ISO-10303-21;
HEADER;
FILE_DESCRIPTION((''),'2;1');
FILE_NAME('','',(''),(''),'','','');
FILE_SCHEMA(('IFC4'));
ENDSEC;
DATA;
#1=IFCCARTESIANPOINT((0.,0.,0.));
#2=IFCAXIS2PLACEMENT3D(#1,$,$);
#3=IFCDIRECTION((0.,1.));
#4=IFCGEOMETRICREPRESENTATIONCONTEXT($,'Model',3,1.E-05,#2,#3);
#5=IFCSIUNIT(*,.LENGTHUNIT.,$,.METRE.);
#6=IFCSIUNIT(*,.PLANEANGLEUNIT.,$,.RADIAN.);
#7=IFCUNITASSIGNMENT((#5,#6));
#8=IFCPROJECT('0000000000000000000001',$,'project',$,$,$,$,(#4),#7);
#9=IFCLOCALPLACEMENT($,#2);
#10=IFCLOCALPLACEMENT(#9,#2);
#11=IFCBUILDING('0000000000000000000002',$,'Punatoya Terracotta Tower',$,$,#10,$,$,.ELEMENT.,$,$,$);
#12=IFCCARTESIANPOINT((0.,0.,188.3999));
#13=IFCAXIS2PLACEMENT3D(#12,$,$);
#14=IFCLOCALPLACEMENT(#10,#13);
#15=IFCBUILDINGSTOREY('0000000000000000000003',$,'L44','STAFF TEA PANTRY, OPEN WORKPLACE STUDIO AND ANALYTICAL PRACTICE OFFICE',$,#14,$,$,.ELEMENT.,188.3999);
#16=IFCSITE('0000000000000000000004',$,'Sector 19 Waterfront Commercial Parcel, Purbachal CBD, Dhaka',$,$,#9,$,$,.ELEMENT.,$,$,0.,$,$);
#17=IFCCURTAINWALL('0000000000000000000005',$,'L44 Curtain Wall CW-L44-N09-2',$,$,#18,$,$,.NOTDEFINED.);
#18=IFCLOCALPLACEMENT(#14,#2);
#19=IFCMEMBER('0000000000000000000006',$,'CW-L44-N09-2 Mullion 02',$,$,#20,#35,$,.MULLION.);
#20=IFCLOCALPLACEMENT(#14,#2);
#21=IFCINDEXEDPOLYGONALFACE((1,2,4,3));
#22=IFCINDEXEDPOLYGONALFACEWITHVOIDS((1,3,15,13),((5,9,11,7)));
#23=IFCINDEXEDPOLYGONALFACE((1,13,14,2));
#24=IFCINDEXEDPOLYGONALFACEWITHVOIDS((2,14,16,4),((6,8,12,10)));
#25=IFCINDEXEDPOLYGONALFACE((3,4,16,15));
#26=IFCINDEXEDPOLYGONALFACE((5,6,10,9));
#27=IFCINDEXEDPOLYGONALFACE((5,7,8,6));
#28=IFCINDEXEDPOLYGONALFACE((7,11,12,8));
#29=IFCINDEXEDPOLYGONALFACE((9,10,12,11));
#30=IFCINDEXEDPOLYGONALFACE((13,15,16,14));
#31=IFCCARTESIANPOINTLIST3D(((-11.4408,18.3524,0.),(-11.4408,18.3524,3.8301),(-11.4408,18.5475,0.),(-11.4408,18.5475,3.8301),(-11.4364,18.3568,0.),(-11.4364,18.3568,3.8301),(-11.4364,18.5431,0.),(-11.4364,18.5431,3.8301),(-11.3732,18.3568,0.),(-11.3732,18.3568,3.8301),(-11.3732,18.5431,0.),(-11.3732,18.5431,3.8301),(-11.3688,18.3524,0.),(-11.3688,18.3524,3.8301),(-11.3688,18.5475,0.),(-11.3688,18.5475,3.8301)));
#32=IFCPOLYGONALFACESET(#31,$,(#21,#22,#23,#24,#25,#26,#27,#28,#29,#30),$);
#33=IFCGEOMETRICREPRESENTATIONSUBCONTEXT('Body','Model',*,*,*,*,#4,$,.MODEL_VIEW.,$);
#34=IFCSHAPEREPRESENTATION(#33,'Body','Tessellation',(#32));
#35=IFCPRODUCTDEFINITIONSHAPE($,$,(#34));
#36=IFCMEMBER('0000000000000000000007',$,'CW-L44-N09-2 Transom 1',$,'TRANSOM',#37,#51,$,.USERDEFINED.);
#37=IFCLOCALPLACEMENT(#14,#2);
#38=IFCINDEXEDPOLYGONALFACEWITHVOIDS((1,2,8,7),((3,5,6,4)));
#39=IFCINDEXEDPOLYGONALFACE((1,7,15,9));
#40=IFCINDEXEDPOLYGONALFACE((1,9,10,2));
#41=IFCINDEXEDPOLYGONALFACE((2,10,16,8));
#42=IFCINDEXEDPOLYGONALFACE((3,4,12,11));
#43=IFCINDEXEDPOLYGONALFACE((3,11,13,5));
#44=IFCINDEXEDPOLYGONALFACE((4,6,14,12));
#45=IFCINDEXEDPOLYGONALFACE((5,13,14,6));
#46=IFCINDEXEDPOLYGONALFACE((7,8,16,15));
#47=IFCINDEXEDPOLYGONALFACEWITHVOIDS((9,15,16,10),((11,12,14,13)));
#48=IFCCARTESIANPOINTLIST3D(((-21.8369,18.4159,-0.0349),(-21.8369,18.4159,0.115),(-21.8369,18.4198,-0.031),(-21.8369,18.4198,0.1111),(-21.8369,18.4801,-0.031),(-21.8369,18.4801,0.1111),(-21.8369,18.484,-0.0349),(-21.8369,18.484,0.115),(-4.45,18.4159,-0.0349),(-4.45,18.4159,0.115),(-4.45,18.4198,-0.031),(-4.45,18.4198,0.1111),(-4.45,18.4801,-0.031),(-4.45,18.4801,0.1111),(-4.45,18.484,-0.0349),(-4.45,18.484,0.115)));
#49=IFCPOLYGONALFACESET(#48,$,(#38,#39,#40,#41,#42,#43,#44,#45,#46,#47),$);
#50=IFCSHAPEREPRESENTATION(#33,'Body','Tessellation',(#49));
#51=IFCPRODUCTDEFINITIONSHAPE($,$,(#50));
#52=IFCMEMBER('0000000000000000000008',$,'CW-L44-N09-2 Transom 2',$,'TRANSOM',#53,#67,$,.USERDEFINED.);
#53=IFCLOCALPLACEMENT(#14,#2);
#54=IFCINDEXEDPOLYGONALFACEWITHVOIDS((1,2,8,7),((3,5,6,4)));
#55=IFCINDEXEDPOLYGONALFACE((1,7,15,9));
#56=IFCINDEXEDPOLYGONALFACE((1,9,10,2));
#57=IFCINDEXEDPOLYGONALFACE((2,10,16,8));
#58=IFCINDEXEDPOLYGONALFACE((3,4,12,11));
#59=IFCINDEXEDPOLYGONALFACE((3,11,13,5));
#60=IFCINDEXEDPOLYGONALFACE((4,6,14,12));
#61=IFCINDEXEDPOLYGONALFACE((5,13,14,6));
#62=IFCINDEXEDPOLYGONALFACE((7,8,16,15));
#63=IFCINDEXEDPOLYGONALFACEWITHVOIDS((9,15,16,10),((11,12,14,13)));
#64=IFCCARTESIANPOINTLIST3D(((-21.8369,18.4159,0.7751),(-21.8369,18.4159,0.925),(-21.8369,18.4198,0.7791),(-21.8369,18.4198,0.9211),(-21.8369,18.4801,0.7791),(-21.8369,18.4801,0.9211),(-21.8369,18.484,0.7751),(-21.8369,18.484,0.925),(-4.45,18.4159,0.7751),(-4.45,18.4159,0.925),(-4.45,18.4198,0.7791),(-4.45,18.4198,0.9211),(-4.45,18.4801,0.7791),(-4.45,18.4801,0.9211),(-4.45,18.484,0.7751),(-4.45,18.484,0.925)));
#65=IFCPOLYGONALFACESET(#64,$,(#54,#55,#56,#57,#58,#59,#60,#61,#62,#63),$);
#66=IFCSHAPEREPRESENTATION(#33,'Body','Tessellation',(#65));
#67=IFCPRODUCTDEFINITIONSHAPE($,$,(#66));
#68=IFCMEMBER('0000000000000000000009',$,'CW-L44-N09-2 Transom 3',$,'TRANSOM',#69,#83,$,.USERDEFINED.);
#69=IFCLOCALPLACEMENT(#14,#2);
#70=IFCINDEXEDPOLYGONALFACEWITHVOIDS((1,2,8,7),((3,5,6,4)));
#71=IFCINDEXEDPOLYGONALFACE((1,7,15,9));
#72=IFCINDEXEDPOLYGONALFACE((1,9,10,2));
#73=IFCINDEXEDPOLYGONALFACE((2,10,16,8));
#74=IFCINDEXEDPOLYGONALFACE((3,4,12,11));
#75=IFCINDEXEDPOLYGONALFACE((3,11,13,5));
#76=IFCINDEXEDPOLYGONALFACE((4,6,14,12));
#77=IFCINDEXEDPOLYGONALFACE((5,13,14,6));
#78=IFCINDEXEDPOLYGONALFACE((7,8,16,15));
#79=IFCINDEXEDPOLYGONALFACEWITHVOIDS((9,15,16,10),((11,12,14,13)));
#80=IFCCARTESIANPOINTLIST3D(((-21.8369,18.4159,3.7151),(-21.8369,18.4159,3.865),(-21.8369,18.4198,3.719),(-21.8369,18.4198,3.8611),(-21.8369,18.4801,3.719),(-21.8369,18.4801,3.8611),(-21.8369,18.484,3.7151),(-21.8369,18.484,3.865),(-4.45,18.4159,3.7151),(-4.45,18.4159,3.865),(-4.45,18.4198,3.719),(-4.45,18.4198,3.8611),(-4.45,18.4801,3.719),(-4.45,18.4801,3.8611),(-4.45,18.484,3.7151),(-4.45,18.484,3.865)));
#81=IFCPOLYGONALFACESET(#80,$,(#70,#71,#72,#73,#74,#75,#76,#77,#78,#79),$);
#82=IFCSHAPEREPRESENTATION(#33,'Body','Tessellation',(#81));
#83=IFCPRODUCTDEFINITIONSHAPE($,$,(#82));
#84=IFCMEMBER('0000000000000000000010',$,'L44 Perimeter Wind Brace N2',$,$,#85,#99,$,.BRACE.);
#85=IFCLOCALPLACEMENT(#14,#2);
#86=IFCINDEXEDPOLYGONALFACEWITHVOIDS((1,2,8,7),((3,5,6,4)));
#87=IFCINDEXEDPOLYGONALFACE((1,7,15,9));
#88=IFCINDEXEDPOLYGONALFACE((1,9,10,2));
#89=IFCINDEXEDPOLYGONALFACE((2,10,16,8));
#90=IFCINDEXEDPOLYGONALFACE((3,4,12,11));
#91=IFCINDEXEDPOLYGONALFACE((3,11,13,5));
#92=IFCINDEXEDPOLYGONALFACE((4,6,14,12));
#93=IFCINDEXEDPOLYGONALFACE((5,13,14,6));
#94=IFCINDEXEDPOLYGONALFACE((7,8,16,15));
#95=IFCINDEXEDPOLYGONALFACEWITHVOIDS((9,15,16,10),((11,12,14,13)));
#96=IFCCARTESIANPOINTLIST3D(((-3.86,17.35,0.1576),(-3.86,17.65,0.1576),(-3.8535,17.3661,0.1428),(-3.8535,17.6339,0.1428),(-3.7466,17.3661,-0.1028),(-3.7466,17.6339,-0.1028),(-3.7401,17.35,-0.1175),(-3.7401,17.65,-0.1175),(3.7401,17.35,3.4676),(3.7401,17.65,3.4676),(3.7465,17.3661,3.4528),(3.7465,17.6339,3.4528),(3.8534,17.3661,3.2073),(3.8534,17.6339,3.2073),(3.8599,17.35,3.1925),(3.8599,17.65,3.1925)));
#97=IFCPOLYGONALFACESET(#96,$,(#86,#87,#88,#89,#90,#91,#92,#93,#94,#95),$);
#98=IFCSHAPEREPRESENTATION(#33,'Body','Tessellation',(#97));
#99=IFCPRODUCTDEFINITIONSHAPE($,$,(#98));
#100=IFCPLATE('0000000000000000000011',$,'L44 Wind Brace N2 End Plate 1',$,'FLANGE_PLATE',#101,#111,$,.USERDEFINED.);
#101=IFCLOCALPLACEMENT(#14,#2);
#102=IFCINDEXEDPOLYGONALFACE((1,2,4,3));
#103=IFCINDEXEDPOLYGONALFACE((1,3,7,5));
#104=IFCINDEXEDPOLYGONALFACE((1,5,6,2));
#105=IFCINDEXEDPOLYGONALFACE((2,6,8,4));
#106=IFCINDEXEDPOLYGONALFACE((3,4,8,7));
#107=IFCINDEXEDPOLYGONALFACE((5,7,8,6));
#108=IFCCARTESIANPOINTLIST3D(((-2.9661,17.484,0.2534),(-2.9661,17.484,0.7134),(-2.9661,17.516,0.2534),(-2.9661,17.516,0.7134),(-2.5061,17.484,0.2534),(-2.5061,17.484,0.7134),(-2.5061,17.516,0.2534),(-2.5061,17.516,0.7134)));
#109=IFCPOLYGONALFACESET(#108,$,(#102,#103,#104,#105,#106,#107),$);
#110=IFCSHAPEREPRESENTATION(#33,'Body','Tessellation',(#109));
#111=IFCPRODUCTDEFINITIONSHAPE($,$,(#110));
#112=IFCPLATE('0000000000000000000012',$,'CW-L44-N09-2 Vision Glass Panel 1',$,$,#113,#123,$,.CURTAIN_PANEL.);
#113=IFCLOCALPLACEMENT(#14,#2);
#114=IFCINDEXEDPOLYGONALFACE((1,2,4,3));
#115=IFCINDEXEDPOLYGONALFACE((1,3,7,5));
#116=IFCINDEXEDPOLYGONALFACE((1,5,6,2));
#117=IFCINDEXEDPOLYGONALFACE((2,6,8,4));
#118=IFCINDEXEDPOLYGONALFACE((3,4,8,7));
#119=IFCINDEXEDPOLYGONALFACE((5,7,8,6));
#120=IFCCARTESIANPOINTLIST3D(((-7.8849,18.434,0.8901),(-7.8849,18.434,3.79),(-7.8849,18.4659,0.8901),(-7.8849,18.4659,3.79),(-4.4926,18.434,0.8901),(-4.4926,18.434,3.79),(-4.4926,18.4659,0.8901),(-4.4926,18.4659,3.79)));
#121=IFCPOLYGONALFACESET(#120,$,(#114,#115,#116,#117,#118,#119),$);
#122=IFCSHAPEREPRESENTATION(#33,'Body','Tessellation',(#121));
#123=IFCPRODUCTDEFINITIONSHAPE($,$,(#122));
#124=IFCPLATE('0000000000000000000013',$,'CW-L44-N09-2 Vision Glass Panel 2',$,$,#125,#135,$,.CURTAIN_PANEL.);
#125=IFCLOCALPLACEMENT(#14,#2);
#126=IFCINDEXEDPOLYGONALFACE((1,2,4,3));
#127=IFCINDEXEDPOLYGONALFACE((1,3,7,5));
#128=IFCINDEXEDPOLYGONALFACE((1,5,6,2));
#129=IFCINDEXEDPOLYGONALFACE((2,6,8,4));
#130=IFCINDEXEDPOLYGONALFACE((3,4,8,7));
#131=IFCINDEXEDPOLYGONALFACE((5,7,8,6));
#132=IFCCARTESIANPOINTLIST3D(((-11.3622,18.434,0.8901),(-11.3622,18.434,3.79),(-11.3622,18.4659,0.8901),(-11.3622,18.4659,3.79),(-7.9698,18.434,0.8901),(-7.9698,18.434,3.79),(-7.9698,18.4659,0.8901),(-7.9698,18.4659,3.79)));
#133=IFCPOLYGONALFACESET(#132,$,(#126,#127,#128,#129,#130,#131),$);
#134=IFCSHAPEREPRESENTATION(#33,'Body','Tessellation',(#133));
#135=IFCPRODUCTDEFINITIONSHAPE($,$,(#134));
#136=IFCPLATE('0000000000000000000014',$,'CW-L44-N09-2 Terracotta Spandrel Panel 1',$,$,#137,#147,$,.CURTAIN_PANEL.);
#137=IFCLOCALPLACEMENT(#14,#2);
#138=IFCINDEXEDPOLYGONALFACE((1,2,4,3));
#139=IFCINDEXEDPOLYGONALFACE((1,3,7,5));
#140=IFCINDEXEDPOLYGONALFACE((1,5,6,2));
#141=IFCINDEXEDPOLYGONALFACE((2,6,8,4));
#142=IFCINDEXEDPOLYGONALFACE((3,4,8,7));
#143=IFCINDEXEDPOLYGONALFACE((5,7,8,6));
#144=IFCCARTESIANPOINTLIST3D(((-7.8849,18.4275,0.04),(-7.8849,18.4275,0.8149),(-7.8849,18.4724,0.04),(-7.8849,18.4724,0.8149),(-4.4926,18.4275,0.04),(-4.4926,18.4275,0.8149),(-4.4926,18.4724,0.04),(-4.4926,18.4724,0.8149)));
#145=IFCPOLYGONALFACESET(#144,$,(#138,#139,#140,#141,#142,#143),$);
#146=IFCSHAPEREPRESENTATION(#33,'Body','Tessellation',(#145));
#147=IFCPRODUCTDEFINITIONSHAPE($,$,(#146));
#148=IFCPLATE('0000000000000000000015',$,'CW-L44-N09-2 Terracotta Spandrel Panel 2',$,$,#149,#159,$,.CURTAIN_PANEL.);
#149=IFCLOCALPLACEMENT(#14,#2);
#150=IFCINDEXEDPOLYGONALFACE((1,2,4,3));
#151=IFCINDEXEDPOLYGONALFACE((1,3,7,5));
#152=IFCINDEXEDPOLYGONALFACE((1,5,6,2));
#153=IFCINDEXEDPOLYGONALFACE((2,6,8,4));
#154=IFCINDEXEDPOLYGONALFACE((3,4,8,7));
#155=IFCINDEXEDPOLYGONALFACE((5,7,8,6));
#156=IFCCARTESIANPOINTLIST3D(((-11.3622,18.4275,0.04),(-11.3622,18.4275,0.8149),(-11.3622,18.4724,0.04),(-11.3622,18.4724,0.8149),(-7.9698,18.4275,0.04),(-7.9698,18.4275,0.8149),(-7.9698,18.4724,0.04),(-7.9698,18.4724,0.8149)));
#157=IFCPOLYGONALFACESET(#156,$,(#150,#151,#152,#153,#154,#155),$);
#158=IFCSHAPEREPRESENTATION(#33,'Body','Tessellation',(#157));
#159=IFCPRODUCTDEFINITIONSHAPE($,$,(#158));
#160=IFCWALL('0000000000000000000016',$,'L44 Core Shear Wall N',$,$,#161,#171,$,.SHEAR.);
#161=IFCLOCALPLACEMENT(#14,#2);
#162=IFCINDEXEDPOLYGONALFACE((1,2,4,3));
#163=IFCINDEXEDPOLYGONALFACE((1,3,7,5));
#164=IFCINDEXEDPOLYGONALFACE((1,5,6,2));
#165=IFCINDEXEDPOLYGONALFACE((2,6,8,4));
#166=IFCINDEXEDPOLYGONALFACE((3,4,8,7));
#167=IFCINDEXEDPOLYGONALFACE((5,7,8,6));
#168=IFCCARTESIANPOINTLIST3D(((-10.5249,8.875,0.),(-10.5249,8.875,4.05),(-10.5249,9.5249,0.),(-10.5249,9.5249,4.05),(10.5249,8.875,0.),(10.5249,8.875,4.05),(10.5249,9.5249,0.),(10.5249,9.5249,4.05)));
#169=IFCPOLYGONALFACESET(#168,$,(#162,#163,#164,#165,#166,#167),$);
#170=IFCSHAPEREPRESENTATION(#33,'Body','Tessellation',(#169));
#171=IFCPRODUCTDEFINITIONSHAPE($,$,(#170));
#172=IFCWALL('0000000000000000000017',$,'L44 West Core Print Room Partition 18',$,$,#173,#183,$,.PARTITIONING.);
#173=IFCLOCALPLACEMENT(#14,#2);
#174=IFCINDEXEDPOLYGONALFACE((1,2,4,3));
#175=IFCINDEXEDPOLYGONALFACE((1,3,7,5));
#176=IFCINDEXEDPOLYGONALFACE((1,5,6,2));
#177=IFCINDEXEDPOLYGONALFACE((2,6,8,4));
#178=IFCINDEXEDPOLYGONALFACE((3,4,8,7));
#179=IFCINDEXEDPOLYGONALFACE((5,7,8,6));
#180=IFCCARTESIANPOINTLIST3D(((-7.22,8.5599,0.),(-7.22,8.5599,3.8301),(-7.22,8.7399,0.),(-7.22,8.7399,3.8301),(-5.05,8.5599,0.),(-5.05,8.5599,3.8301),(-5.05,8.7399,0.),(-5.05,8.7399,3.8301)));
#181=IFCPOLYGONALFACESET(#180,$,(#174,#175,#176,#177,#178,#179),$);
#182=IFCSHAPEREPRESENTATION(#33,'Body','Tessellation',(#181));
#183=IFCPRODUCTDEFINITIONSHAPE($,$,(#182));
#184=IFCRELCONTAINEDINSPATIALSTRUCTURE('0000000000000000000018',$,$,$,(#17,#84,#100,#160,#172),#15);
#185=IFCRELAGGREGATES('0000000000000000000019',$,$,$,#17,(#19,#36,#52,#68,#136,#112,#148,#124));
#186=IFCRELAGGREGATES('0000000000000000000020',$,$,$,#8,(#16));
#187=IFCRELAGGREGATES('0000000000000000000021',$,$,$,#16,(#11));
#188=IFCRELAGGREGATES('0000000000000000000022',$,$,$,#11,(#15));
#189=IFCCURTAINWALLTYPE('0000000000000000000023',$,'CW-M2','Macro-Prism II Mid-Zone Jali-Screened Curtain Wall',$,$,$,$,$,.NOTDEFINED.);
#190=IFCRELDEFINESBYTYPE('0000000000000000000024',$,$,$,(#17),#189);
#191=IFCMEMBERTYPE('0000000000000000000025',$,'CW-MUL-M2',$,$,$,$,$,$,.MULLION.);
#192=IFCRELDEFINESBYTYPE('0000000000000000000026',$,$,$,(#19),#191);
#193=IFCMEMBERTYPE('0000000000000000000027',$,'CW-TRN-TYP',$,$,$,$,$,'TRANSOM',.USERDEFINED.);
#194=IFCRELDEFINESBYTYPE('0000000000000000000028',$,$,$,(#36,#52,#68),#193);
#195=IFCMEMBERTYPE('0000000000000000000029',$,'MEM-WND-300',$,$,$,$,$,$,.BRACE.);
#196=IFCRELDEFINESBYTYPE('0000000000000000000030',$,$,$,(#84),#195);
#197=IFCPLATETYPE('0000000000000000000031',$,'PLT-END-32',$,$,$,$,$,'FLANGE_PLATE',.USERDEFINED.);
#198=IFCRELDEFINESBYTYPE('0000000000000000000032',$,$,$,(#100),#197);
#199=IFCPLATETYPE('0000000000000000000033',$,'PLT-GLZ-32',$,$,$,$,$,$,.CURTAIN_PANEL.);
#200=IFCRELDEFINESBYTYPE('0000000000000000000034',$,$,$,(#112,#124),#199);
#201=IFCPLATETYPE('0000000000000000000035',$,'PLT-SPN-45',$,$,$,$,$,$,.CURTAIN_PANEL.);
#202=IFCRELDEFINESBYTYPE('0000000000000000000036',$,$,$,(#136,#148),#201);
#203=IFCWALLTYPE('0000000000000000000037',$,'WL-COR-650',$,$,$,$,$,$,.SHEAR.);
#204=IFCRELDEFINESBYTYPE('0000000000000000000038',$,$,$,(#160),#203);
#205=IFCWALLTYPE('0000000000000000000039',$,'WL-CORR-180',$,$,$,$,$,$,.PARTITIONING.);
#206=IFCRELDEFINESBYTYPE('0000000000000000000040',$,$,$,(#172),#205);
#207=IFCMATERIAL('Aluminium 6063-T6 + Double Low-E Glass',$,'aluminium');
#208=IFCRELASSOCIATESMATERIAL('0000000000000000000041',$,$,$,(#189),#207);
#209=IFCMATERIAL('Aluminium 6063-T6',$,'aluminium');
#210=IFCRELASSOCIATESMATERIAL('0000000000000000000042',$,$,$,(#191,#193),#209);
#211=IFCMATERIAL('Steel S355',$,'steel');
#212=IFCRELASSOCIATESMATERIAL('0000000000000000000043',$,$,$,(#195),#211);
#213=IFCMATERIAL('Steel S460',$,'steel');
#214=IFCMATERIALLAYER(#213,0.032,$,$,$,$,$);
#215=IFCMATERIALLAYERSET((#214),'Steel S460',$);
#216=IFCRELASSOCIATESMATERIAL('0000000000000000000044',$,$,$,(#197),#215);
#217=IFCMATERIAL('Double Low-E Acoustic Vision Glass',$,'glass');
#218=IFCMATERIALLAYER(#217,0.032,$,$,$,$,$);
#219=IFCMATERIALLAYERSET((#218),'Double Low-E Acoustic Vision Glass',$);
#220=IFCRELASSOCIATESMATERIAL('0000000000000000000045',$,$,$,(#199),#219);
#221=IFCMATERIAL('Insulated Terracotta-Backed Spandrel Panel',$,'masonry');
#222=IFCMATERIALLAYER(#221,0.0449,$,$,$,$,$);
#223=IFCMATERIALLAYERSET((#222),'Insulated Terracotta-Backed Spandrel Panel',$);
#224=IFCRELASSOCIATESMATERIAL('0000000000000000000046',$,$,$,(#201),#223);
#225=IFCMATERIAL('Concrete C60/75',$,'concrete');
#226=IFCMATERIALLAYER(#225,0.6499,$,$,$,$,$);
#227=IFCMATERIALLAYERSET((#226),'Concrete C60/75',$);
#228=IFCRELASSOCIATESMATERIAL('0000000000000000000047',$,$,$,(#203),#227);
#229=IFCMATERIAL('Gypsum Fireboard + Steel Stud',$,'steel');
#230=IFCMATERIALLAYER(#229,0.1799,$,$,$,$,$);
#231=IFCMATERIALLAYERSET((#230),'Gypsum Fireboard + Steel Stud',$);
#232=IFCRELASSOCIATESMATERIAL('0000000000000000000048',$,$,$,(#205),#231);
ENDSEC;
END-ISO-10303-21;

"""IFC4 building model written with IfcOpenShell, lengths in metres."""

from ifc_helpers import new_model, si_unit, direction, frame, frame_2d, origin, origin_2d, place, context, subcontext, project, spatial, rectangle, hollow_rectangle, extrude, material, layer, layer_set, material_profile, profile_set, type_object, element, aggregate, save


model = new_model("IFC4")

# Units and contexts
model_context = context("Model", 3, precision=1e-05, world=origin(), true_north=direction((0.0, 1.0)))
body_context = subcontext(model_context, "Body", "Model", "MODEL_VIEW")
ifc_project = project(units=[si_unit("LENGTHUNIT", "METRE"), si_unit("PLANEANGLEUNIT", "RADIAN")], contexts=[model_context])

# Site, building, storey
site_placement = place(None, origin())
site = spatial("IfcSite", under=ifc_project, at=site_placement, Name="Sector 19 Waterfront Commercial Parcel, Purbachal CBD, Dhaka", CompositionType="ELEMENT", RefElevation=0.0)
building_placement = place(site_placement, origin())
building = spatial("IfcBuilding", under=site, at=building_placement, Name="Punatoya Terracotta Tower", CompositionType="ELEMENT")
storey_placement = place(building_placement, frame((0.0, 0.0, 188.3999)))
storey = spatial("IfcBuildingStorey", under=building, at=storey_placement, Name="L44", Description="STAFF TEA PANTRY, OPEN WORKPLACE STUDIO AND ANALYTICAL PRACTICE OFFICE", CompositionType="ELEMENT", Elevation=188.3999)

# Shared definitions
ifc_material_1 = material(Name="Steel S460", Category="steel")

# Shared definitions
ifc_material_2 = material(Name="Steel S355", Category="steel")

# Curtain wall, members
ifc_material_3 = material(Name="Aluminium 6063-T6 + Double Low-E Glass", Category="aluminium")
curtain_wall_type = type_object("IfcCurtainWallType", Name="CW-M2", Description="Macro-Prism II Mid-Zone Jali-Screened Curtain Wall", PredefinedType="NOTDEFINED", material=ifc_material_3)
curtain_wall_placement = place(storey_placement, origin())
curtain_wall = element("IfcCurtainWall", 1, at=curtain_wall_placement, inside=storey, type_object=curtain_wall_type, Name="L44 Curtain Wall CW-L44-N09-2", PredefinedType="NOTDEFINED")
ifc_material_4 = material(Name="Aluminium 6063-T6", Category="aluminium")
ifc_material_profile_1 = material_profile(ifc_material_4, hollow_rectangle(XDim=0.072, YDim=0.1951, WallThickness=0.0044, at=origin_2d()))
ifc_profile_set_1 = profile_set([ifc_material_profile_1], Name="Aluminium 6063-T6")
member_type_1 = type_object("IfcMemberType", Name="CW-MUL-M2", PredefinedType="MULLION", material=ifc_profile_set_1)
member_1_placement = place(storey_placement, frame((-11.4048, 18.45, 0.0), z_axis=(0.0, 0.0, 1.0), x_axis=(1.0, 0.0, 0.0)))
member_1 = element("IfcMember", 2, at=member_1_placement, type_object=member_type_1, Name="CW-L44-N09-2 Mullion 02", PredefinedType="MULLION", context=body_context, shape_type="SweptSolid", body=[
    extrude(hollow_rectangle(XDim=0.072, YDim=0.1951, WallThickness=0.0044, at=origin_2d()), origin(), (0.0, 0.0, 1.0), 3.8301),
])
ifc_material_profile_2 = material_profile(ifc_material_4, hollow_rectangle(XDim=0.0681, YDim=0.1499, WallThickness=0.0039, at=origin_2d()))
ifc_profile_set_2 = profile_set([ifc_material_profile_2], Name="Aluminium 6063-T6")
member_type_2 = type_object("IfcMemberType", Name="CW-TRN-TYP", ElementType="TRANSOM", PredefinedType="USERDEFINED", material=ifc_profile_set_2)
member_2_placement = place(storey_placement, frame((-4.45, 18.45, 0.04), z_axis=(-1.0, 0.0, 0.0), x_axis=(0.0, -1.0, 0.0)))
member_2 = element("IfcMember", 3, at=member_2_placement, type_object=member_type_2, Name="CW-L44-N09-2 Transom 1", ObjectType="TRANSOM", PredefinedType="USERDEFINED", context=body_context, shape_type="SweptSolid", body=[
    extrude(hollow_rectangle(XDim=0.0681, YDim=0.1499, WallThickness=0.0039, at=origin_2d()), origin(), (0.0, 0.0, 1.0), 17.387),
])
member_3_placement = place(storey_placement, frame((-4.45, 18.45, 0.8501), z_axis=(-1.0, 0.0, 0.0), x_axis=(0.0, -1.0, 0.0)))
member_3 = element("IfcMember", 4, at=member_3_placement, type_object=member_type_2, Name="CW-L44-N09-2 Transom 2", ObjectType="TRANSOM", PredefinedType="USERDEFINED", context=body_context, shape_type="SweptSolid", body=[
    extrude(hollow_rectangle(XDim=0.0681, YDim=0.1499, WallThickness=0.0039, at=origin_2d()), origin(), (0.0, 0.0, 1.0), 17.387),
])
member_4_placement = place(storey_placement, frame((-4.45, 18.45, 3.79), z_axis=(-1.0, 0.0, 0.0), x_axis=(0.0, -1.0, 0.0)))
member_4 = element("IfcMember", 5, at=member_4_placement, type_object=member_type_2, Name="CW-L44-N09-2 Transom 3", ObjectType="TRANSOM", PredefinedType="USERDEFINED", context=body_context, shape_type="SweptSolid", body=[
    extrude(hollow_rectangle(XDim=0.0681, YDim=0.1499, WallThickness=0.0039, at=origin_2d()), origin(), (0.0, 0.0, 1.0), 17.387),
])

# Member
ifc_material_profile_3 = material_profile(ifc_material_2, hollow_rectangle(XDim=0.3, YDim=0.3, WallThickness=0.0161, at=origin_2d()))
ifc_profile_set_3 = profile_set([ifc_material_profile_3], Name="Steel S355")
member_type_3 = type_object("IfcMemberType", Name="MEM-WND-300", PredefinedType="BRACE", material=ifc_profile_set_3)
member_5_placement = place(storey_placement, frame((-3.8, 17.5, 0.02), z_axis=(0.91682, 0.0, 0.399301), x_axis=(0.0, 1.0, 0.0)))
element("IfcMember", 6, at=member_5_placement, inside=storey, type_object=member_type_3, Name="L44 Perimeter Wind Brace N2", PredefinedType="BRACE", context=body_context, shape_type="SweptSolid", body=[
    extrude(hollow_rectangle(XDim=0.3, YDim=0.3, WallThickness=0.0161, at=origin_2d()), origin(), (0.0, 0.0, 1.0), 8.2896),
])

# Plates
ifc_layer_1 = layer(ifc_material_1, 0.032)
ifc_layer_set_1 = layer_set([ifc_layer_1], Name="Steel S460")
plate_type_1 = type_object("IfcPlateType", Name="PLT-END-32", ElementType="FLANGE_PLATE", PredefinedType="USERDEFINED", material=ifc_layer_set_1)
plate_1_placement = place(storey_placement, frame((-2.7361, 17.5, 0.2534), z_axis=(0.0, 0.0, 1.0), x_axis=(1.0, 0.0, 0.0)))
element("IfcPlate", 7, at=plate_1_placement, inside=storey, type_object=plate_type_1, Name="L44 Wind Brace N2 End Plate 1", ObjectType="FLANGE_PLATE", PredefinedType="USERDEFINED", context=body_context, shape_type="SweptSolid", body=[
    extrude(rectangle(XDim=0.46, YDim=0.032, at=origin_2d()), origin(), (0.0, 0.0, 1.0), 0.46),
])
ifc_material_5 = material(Name="Double Low-E Acoustic Vision Glass", Category="glass")
ifc_layer_2 = layer(ifc_material_5, 0.032)
ifc_layer_set_2 = layer_set([ifc_layer_2], Name="Double Low-E Acoustic Vision Glass")
plate_type_2 = type_object("IfcPlateType", Name="PLT-GLZ-32", PredefinedType="CURTAIN_PANEL", material=ifc_layer_set_2)
plate_2_placement = place(storey_placement, frame((-6.1887, 18.45, 0.8901), z_axis=(0.0, 0.0, 1.0), x_axis=(-1.0, 0.0, 0.0)))
plate_2 = element("IfcPlate", 8, at=plate_2_placement, type_object=plate_type_2, Name="CW-L44-N09-2 Vision Glass Panel 1", PredefinedType="CURTAIN_PANEL", context=body_context, shape_type="SweptSolid", body=[
    extrude(rectangle(XDim=3.3923, YDim=0.032, at=origin_2d()), origin(), (0.0, 0.0, 1.0), 2.8999),
])
plate_3_placement = place(storey_placement, frame((-9.666, 18.45, 0.8901), z_axis=(0.0, 0.0, 1.0), x_axis=(-1.0, 0.0, 0.0)))
plate_3 = element("IfcPlate", 9, at=plate_3_placement, type_object=plate_type_2, Name="CW-L44-N09-2 Vision Glass Panel 2", PredefinedType="CURTAIN_PANEL", context=body_context, shape_type="SweptSolid", body=[
    extrude(rectangle(XDim=3.3923, YDim=0.032, at=origin_2d()), origin(), (0.0, 0.0, 1.0), 2.8999),
])
ifc_material_6 = material(Name="Insulated Terracotta-Backed Spandrel Panel", Category="masonry")
ifc_layer_3 = layer(ifc_material_6, 0.0449)
ifc_layer_set_3 = layer_set([ifc_layer_3], Name="Insulated Terracotta-Backed Spandrel Panel")
plate_type_3 = type_object("IfcPlateType", Name="PLT-SPN-45", PredefinedType="CURTAIN_PANEL", material=ifc_layer_set_3)
plate_4_placement = place(storey_placement, frame((-6.1887, 18.45, 0.04), z_axis=(0.0, 0.0, 1.0), x_axis=(-1.0, 0.0, 0.0)))
plate_4 = element("IfcPlate", 10, at=plate_4_placement, type_object=plate_type_3, Name="CW-L44-N09-2 Terracotta Spandrel Panel 1", PredefinedType="CURTAIN_PANEL", context=body_context, shape_type="SweptSolid", body=[
    extrude(rectangle(XDim=3.3923, YDim=0.0449, at=origin_2d()), origin(), (0.0, 0.0, 1.0), 0.7749),
])
plate_5_placement = place(storey_placement, frame((-9.666, 18.45, 0.04), z_axis=(0.0, 0.0, 1.0), x_axis=(-1.0, 0.0, 0.0)))
plate_5 = element("IfcPlate", 11, at=plate_5_placement, type_object=plate_type_3, Name="CW-L44-N09-2 Terracotta Spandrel Panel 2", PredefinedType="CURTAIN_PANEL", context=body_context, shape_type="SweptSolid", body=[
    extrude(rectangle(XDim=3.3923, YDim=0.0449, at=origin_2d()), origin(), (0.0, 0.0, 1.0), 0.7749),
])
aggregate(curtain_wall, [member_1, member_2, member_3, member_4, plate_4, plate_2, plate_5, plate_3])

# Walls
ifc_material_7 = material(Name="Concrete C60/75", Category="concrete")
ifc_layer_4 = layer(ifc_material_7, 0.6499)
ifc_layer_set_4 = layer_set([ifc_layer_4], Name="Concrete C60/75")
wall_type_1 = type_object("IfcWallType", Name="WL-COR-650", PredefinedType="SHEAR", material=ifc_layer_set_4)
wall_1_placement = place(storey_placement, frame((-10.5249, 9.2, 0.0), z_axis=(0.0, 0.0, 1.0), x_axis=(1.0, 0.0, 0.0)))
element("IfcWall", 12, at=wall_1_placement, inside=storey, type_object=wall_type_1, Name="L44 Core Shear Wall N", PredefinedType="SHEAR", context=body_context, shape_type="SweptSolid", body=[
    extrude(rectangle(XDim=21.0498, YDim=0.6499, at=frame_2d((10.5249, 0.0))), origin(), (0.0, 0.0, 1.0), 4.05),
])
ifc_material_8 = material(Name="Gypsum Fireboard + Steel Stud", Category="steel")
ifc_layer_5 = layer(ifc_material_8, 0.1799)
ifc_layer_set_5 = layer_set([ifc_layer_5], Name="Gypsum Fireboard + Steel Stud")
wall_type_2 = type_object("IfcWallType", Name="WL-CORR-180", PredefinedType="PARTITIONING", material=ifc_layer_set_5)
wall_2_placement = place(storey_placement, frame((-5.05, 8.6499, 0.0), z_axis=(0.0, 0.0, 1.0), x_axis=(-1.0, 0.0, 0.0)))
element("IfcWall", 13, at=wall_2_placement, inside=storey, type_object=wall_type_2, Name="L44 West Core Print Room Partition 18", PredefinedType="PARTITIONING", context=body_context, shape_type="SweptSolid", body=[
    extrude(rectangle(XDim=2.1699, YDim=0.1799, at=frame_2d((1.085, 0.0))), origin(), (0.0, 0.0, 1.0), 3.8301),
])

save(model, "model.ifc")
